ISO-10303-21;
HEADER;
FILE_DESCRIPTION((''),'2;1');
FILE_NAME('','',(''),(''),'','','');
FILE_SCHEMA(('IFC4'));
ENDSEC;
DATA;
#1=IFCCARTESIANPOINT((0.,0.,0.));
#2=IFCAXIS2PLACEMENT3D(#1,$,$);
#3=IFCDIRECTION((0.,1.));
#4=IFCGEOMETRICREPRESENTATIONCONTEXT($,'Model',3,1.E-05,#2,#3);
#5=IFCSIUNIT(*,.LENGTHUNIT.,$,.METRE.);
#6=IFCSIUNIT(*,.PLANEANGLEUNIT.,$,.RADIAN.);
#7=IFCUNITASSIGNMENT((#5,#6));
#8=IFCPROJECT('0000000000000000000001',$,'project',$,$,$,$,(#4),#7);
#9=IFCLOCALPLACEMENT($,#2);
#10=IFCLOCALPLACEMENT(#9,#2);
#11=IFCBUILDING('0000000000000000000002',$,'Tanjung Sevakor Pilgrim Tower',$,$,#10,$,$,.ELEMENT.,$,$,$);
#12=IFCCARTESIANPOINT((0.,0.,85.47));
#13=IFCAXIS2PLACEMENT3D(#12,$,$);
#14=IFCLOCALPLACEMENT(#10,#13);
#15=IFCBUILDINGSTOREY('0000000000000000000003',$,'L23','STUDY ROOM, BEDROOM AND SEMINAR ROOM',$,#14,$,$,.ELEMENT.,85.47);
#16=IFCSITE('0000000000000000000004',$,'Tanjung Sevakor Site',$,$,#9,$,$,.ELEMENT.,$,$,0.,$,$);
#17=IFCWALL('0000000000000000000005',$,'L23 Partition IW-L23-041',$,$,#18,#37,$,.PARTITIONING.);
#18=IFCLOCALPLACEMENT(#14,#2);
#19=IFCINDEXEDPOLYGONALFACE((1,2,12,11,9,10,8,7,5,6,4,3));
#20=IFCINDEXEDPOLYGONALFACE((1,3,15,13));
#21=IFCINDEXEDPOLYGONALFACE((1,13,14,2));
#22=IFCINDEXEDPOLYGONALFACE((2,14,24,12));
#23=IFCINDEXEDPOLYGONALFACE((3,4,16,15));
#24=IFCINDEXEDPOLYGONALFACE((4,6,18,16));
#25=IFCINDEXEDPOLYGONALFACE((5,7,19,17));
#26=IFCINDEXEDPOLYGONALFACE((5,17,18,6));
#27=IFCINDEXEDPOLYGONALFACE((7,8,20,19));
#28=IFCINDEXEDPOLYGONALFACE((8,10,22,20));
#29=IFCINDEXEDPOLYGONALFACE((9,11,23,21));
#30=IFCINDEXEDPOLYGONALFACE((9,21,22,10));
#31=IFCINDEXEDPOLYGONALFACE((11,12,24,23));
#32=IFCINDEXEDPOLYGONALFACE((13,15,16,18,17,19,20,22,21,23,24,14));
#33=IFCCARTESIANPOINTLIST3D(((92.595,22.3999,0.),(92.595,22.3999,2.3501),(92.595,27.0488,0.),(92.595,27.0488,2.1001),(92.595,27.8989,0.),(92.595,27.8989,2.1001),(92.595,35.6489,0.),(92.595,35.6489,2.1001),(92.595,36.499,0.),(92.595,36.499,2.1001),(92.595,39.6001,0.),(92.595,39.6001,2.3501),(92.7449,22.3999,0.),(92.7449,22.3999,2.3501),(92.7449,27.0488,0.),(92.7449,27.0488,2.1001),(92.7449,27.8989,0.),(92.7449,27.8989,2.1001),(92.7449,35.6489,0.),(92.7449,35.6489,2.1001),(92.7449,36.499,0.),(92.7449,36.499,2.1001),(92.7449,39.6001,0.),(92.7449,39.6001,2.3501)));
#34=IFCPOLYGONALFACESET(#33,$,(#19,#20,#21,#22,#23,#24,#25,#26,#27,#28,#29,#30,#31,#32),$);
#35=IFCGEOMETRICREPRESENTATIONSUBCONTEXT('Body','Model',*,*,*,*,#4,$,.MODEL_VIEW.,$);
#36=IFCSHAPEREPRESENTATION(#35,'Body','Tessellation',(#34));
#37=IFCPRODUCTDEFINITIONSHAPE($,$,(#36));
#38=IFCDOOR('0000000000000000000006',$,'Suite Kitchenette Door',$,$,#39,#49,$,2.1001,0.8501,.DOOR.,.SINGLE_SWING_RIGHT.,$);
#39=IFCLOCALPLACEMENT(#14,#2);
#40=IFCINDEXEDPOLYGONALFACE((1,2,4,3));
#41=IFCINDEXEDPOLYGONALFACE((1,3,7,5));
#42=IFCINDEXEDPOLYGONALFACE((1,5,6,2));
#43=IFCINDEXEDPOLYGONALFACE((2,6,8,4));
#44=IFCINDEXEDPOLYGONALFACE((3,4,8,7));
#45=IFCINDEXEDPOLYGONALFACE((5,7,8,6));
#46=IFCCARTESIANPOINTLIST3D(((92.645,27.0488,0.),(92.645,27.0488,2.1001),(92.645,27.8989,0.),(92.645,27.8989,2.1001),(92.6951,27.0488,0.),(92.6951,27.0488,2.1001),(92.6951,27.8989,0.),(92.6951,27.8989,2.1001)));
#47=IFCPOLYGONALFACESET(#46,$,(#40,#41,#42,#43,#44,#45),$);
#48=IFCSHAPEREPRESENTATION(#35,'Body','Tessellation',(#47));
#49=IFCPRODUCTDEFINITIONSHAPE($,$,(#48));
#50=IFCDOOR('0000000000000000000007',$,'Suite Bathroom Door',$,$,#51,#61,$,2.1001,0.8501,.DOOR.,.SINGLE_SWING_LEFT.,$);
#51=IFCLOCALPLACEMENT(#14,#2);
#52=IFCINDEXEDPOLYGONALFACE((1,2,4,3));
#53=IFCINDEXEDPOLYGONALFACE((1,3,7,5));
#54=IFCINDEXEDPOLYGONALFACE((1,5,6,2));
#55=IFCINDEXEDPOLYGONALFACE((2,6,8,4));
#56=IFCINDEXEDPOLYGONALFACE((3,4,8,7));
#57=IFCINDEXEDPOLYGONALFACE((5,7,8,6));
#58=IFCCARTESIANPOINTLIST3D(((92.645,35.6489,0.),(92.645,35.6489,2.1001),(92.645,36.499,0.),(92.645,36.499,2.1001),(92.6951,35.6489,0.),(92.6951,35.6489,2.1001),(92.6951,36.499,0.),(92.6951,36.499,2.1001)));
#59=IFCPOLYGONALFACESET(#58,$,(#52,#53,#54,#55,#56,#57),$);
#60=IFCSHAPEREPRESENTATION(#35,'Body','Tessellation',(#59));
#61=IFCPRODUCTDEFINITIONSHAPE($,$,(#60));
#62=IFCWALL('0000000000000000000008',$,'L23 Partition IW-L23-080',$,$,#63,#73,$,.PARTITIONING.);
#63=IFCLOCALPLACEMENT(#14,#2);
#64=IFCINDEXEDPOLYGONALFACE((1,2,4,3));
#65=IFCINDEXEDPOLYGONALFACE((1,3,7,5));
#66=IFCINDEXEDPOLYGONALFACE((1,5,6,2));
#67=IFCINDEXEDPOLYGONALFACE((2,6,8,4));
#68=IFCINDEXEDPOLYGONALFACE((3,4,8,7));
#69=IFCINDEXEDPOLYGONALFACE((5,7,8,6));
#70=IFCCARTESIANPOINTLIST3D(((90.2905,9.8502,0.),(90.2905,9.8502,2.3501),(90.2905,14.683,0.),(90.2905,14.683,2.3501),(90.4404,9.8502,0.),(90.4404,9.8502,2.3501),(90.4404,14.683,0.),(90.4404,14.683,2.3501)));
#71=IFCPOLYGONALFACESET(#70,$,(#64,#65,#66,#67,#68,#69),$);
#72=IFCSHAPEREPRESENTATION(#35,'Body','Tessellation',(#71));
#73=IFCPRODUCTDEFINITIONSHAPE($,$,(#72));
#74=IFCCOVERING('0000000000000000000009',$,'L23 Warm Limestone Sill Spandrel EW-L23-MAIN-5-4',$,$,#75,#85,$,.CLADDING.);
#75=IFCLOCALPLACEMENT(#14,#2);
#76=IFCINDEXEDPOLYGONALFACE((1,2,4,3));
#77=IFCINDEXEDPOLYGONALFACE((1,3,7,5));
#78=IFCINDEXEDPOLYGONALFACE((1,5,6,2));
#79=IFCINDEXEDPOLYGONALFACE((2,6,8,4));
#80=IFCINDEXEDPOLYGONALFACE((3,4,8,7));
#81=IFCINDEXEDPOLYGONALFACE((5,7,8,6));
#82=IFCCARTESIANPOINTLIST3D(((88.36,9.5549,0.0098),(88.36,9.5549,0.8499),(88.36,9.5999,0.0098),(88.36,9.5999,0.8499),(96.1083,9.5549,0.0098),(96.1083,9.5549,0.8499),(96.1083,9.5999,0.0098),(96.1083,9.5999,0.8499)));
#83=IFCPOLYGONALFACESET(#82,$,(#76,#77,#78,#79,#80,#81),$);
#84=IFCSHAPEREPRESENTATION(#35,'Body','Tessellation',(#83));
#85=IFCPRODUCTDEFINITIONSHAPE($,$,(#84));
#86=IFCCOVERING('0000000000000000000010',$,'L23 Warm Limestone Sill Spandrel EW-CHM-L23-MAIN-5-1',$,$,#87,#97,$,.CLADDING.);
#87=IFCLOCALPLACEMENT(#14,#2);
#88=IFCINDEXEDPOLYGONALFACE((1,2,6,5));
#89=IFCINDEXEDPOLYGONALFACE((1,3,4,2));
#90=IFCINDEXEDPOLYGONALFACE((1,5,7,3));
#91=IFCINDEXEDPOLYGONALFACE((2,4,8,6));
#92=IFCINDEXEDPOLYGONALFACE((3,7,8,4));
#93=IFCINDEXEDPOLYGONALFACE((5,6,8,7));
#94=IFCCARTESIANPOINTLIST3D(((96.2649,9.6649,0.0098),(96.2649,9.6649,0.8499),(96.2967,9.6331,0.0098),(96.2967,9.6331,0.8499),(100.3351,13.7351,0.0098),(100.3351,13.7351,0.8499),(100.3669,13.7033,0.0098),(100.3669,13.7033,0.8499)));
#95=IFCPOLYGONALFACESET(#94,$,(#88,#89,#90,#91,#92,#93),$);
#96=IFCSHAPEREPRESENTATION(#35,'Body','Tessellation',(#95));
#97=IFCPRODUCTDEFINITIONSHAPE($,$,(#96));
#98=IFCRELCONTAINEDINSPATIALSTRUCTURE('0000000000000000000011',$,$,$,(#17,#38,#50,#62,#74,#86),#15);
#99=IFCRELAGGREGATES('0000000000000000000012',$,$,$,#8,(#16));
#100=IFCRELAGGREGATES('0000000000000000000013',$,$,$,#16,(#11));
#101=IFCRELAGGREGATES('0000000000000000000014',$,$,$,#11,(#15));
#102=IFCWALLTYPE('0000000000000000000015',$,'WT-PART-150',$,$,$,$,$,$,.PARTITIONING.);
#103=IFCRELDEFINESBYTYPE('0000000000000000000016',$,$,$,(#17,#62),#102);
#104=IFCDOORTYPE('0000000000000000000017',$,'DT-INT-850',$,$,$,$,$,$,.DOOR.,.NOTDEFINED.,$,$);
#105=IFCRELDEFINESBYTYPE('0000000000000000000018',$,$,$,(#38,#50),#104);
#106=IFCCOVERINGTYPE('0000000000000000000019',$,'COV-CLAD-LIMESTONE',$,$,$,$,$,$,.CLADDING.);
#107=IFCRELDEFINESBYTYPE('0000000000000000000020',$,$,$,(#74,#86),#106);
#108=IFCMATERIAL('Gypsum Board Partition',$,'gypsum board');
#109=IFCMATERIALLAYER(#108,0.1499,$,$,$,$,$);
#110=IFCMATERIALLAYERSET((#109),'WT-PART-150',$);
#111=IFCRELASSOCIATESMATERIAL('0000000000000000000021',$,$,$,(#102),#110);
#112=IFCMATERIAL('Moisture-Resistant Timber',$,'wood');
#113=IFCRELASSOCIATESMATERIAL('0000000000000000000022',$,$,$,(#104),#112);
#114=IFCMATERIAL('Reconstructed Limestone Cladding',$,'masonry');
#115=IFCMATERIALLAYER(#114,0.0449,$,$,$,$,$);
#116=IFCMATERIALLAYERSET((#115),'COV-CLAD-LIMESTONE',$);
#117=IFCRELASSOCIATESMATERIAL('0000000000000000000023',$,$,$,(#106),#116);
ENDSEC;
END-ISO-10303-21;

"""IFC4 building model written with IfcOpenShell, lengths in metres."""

from ifc_helpers import new_model, si_unit, direction, frame, frame_2d, origin, origin_2d, place, context, subcontext, project, spatial, rectangle, extrude, material, layer, layer_set, type_object, element, fill, save


model = new_model("IFC4")

# Units and contexts
model_context = context("Model", 3, precision=1e-05, world=origin(), true_north=direction((0.0, 1.0)))
body_context = subcontext(model_context, "Body", "Model", "MODEL_VIEW")
ifc_project = project(units=[si_unit("LENGTHUNIT", "METRE"), si_unit("PLANEANGLEUNIT", "RADIAN")], contexts=[model_context])

# Site, building, storey
site_placement = place(None, origin())
site = spatial("IfcSite", under=ifc_project, at=site_placement, Name="Tanjung Sevakor Site", CompositionType="ELEMENT", RefElevation=0.0)
building_placement = place(site_placement, origin())
building = spatial("IfcBuilding", under=site, at=building_placement, Name="Tanjung Sevakor Pilgrim Tower", CompositionType="ELEMENT")
storey_placement = place(building_placement, frame((0.0, 0.0, 85.47)))
storey = spatial("IfcBuildingStorey", under=building, at=storey_placement, Name="L23", Description="STUDY ROOM, BEDROOM AND SEMINAR ROOM", CompositionType="ELEMENT", Elevation=85.47)

# Shared definitions
ifc_material_1 = material(Name="Gypsum Board Partition", Category="gypsum board")
ifc_layer_1 = layer(ifc_material_1, 0.1499)
ifc_layer_set_1 = layer_set([ifc_layer_1], Name="WT-PART-150")
wall_type_1 = type_object("IfcWallType", Name="WT-PART-150", PredefinedType="PARTITIONING", material=ifc_layer_set_1)
ifc_material_2 = material(Name="Moisture-Resistant Timber", Category="wood")
door_type_1 = type_object("IfcDoorType", Name="DT-INT-850", OperationType="NOTDEFINED", PredefinedType="DOOR", material=ifc_material_2)

# Wall, openings, doors
wall_1_placement = place(storey_placement, frame((92.6699, 22.3999, 0.0), z_axis=(0.0, 0.0, 1.0), x_axis=(0.0, 1.0, 0.0)))
wall_1 = element("IfcWall", 1, at=wall_1_placement, inside=storey, type_object=wall_type_1, Name="L23 Partition IW-L23-041", PredefinedType="PARTITIONING", context=body_context, shape_type="SweptSolid", body=[
    extrude(rectangle(XDim=17.2002, YDim=0.1499, at=frame_2d((8.6001, 0.0))), origin(), (0.0, 0.0, 1.0), 2.3501),
])
opening_1_placement = place(wall_1_placement, frame((4.6489, 0.0, 0.0)))
opening_1 = element("IfcOpeningElement", 2, at=opening_1_placement, cuts=wall_1, PredefinedType="OPENING", context=body_context, shape_type="SweptSolid", body=[
    extrude(rectangle(XDim=0.8501, YDim=2.1001, at=frame_2d((0.425, 1.05))), frame((0.0, 0.085, 0.0), z_axis=(0.0, -1.0, 0.0), x_axis=(1.0, 0.0, 0.0)), (0.0, 0.0, 1.0), 0.1699),
])
opening_2_placement = place(wall_1_placement, frame((13.249, 0.0, 0.0)))
opening_2 = element("IfcOpeningElement", 3, at=opening_2_placement, cuts=wall_1, PredefinedType="OPENING", context=body_context, shape_type="SweptSolid", body=[
    extrude(rectangle(XDim=0.8501, YDim=2.1001, at=frame_2d((0.425, 1.05))), frame((0.0, 0.085, 0.0), z_axis=(0.0, -1.0, 0.0), x_axis=(1.0, 0.0, 0.0)), (0.0, 0.0, 1.0), 0.1699),
])
door_1_placement = place(opening_1_placement, origin())
door_1 = element("IfcDoor", 4, at=door_1_placement, inside=storey, type_object=door_type_1, Name="Suite Kitchenette Door", OperationType="SINGLE_SWING_RIGHT", OverallHeight=2.1001, OverallWidth=0.8501, PredefinedType="DOOR", context=body_context, shape_type="SweptSolid", body=[
    extrude(rectangle(XDim=0.8501, YDim=2.1001, at=frame_2d((0.425, 1.05))), frame((0.0, 0.0249, 0.0), z_axis=(0.0, -1.0, 0.0), x_axis=(1.0, 0.0, 0.0)), (0.0, 0.0, 1.0), 0.05),
])
fill(opening_1, door_1)
door_2_placement = place(opening_2_placement, origin())
door_2 = element("IfcDoor", 5, at=door_2_placement, inside=storey, type_object=door_type_1, Name="Suite Bathroom Door", OperationType="SINGLE_SWING_LEFT", OverallHeight=2.1001, OverallWidth=0.8501, PredefinedType="DOOR", context=body_context, shape_type="SweptSolid", body=[
    extrude(rectangle(XDim=0.8501, YDim=2.1001, at=frame_2d((0.425, 1.05))), frame((0.0, 0.0249, 0.0), z_axis=(0.0, -1.0, 0.0), x_axis=(1.0, 0.0, 0.0)), (0.0, 0.0, 1.0), 0.05),
])
fill(opening_2, door_2)

# Wall
wall_2_placement = place(storey_placement, frame((90.3655, 9.8501, 0.0), z_axis=(0.0, 0.0, 1.0), x_axis=(0.0, 1.0, 0.0)))
element("IfcWall", 6, at=wall_2_placement, inside=storey, type_object=wall_type_1, Name="L23 Partition IW-L23-080", PredefinedType="PARTITIONING", context=body_context, shape_type="SweptSolid", body=[
    extrude(rectangle(XDim=4.8328, YDim=0.1499, at=frame_2d((2.4165, 0.0))), origin(), (0.0, 0.0, 1.0), 2.3501),
])

# Coverings
ifc_material_3 = material(Name="Reconstructed Limestone Cladding", Category="masonry")
ifc_layer_2 = layer(ifc_material_3, 0.0449)
ifc_layer_set_2 = layer_set([ifc_layer_2], Name="COV-CLAD-LIMESTONE")
covering_type = type_object("IfcCoveringType", Name="COV-CLAD-LIMESTONE", PredefinedType="CLADDING", material=ifc_layer_set_2)
covering_1_placement = place(storey_placement, frame((92.2341, 9.5774, 0.0098), z_axis=(0.0, 0.0, 1.0), x_axis=(1.0, 0.0, 0.0)))
element("IfcCovering", 7, at=covering_1_placement, inside=storey, type_object=covering_type, Name="L23 Warm Limestone Sill Spandrel EW-L23-MAIN-5-4", PredefinedType="CLADDING", context=body_context, shape_type="SweptSolid", body=[
    extrude(rectangle(XDim=7.7483, YDim=0.0449, at=origin_2d()), origin(), (0.0, 0.0, 1.0), 0.8401),
])
covering_2_placement = place(storey_placement, frame((98.3159, 11.6841, 0.0098), z_axis=(0.0, 0.0, 1.0), x_axis=(0.707107, 0.707107, 0.0)))
element("IfcCovering", 8, at=covering_2_placement, inside=storey, type_object=covering_type, Name="L23 Warm Limestone Sill Spandrel EW-CHM-L23-MAIN-5-1", PredefinedType="CLADDING", context=body_context, shape_type="SweptSolid", body=[
    extrude(rectangle(XDim=5.7561, YDim=0.0449, at=origin_2d()), origin(), (0.0, 0.0, 1.0), 0.8401),
])

save(model, "model.ifc")
